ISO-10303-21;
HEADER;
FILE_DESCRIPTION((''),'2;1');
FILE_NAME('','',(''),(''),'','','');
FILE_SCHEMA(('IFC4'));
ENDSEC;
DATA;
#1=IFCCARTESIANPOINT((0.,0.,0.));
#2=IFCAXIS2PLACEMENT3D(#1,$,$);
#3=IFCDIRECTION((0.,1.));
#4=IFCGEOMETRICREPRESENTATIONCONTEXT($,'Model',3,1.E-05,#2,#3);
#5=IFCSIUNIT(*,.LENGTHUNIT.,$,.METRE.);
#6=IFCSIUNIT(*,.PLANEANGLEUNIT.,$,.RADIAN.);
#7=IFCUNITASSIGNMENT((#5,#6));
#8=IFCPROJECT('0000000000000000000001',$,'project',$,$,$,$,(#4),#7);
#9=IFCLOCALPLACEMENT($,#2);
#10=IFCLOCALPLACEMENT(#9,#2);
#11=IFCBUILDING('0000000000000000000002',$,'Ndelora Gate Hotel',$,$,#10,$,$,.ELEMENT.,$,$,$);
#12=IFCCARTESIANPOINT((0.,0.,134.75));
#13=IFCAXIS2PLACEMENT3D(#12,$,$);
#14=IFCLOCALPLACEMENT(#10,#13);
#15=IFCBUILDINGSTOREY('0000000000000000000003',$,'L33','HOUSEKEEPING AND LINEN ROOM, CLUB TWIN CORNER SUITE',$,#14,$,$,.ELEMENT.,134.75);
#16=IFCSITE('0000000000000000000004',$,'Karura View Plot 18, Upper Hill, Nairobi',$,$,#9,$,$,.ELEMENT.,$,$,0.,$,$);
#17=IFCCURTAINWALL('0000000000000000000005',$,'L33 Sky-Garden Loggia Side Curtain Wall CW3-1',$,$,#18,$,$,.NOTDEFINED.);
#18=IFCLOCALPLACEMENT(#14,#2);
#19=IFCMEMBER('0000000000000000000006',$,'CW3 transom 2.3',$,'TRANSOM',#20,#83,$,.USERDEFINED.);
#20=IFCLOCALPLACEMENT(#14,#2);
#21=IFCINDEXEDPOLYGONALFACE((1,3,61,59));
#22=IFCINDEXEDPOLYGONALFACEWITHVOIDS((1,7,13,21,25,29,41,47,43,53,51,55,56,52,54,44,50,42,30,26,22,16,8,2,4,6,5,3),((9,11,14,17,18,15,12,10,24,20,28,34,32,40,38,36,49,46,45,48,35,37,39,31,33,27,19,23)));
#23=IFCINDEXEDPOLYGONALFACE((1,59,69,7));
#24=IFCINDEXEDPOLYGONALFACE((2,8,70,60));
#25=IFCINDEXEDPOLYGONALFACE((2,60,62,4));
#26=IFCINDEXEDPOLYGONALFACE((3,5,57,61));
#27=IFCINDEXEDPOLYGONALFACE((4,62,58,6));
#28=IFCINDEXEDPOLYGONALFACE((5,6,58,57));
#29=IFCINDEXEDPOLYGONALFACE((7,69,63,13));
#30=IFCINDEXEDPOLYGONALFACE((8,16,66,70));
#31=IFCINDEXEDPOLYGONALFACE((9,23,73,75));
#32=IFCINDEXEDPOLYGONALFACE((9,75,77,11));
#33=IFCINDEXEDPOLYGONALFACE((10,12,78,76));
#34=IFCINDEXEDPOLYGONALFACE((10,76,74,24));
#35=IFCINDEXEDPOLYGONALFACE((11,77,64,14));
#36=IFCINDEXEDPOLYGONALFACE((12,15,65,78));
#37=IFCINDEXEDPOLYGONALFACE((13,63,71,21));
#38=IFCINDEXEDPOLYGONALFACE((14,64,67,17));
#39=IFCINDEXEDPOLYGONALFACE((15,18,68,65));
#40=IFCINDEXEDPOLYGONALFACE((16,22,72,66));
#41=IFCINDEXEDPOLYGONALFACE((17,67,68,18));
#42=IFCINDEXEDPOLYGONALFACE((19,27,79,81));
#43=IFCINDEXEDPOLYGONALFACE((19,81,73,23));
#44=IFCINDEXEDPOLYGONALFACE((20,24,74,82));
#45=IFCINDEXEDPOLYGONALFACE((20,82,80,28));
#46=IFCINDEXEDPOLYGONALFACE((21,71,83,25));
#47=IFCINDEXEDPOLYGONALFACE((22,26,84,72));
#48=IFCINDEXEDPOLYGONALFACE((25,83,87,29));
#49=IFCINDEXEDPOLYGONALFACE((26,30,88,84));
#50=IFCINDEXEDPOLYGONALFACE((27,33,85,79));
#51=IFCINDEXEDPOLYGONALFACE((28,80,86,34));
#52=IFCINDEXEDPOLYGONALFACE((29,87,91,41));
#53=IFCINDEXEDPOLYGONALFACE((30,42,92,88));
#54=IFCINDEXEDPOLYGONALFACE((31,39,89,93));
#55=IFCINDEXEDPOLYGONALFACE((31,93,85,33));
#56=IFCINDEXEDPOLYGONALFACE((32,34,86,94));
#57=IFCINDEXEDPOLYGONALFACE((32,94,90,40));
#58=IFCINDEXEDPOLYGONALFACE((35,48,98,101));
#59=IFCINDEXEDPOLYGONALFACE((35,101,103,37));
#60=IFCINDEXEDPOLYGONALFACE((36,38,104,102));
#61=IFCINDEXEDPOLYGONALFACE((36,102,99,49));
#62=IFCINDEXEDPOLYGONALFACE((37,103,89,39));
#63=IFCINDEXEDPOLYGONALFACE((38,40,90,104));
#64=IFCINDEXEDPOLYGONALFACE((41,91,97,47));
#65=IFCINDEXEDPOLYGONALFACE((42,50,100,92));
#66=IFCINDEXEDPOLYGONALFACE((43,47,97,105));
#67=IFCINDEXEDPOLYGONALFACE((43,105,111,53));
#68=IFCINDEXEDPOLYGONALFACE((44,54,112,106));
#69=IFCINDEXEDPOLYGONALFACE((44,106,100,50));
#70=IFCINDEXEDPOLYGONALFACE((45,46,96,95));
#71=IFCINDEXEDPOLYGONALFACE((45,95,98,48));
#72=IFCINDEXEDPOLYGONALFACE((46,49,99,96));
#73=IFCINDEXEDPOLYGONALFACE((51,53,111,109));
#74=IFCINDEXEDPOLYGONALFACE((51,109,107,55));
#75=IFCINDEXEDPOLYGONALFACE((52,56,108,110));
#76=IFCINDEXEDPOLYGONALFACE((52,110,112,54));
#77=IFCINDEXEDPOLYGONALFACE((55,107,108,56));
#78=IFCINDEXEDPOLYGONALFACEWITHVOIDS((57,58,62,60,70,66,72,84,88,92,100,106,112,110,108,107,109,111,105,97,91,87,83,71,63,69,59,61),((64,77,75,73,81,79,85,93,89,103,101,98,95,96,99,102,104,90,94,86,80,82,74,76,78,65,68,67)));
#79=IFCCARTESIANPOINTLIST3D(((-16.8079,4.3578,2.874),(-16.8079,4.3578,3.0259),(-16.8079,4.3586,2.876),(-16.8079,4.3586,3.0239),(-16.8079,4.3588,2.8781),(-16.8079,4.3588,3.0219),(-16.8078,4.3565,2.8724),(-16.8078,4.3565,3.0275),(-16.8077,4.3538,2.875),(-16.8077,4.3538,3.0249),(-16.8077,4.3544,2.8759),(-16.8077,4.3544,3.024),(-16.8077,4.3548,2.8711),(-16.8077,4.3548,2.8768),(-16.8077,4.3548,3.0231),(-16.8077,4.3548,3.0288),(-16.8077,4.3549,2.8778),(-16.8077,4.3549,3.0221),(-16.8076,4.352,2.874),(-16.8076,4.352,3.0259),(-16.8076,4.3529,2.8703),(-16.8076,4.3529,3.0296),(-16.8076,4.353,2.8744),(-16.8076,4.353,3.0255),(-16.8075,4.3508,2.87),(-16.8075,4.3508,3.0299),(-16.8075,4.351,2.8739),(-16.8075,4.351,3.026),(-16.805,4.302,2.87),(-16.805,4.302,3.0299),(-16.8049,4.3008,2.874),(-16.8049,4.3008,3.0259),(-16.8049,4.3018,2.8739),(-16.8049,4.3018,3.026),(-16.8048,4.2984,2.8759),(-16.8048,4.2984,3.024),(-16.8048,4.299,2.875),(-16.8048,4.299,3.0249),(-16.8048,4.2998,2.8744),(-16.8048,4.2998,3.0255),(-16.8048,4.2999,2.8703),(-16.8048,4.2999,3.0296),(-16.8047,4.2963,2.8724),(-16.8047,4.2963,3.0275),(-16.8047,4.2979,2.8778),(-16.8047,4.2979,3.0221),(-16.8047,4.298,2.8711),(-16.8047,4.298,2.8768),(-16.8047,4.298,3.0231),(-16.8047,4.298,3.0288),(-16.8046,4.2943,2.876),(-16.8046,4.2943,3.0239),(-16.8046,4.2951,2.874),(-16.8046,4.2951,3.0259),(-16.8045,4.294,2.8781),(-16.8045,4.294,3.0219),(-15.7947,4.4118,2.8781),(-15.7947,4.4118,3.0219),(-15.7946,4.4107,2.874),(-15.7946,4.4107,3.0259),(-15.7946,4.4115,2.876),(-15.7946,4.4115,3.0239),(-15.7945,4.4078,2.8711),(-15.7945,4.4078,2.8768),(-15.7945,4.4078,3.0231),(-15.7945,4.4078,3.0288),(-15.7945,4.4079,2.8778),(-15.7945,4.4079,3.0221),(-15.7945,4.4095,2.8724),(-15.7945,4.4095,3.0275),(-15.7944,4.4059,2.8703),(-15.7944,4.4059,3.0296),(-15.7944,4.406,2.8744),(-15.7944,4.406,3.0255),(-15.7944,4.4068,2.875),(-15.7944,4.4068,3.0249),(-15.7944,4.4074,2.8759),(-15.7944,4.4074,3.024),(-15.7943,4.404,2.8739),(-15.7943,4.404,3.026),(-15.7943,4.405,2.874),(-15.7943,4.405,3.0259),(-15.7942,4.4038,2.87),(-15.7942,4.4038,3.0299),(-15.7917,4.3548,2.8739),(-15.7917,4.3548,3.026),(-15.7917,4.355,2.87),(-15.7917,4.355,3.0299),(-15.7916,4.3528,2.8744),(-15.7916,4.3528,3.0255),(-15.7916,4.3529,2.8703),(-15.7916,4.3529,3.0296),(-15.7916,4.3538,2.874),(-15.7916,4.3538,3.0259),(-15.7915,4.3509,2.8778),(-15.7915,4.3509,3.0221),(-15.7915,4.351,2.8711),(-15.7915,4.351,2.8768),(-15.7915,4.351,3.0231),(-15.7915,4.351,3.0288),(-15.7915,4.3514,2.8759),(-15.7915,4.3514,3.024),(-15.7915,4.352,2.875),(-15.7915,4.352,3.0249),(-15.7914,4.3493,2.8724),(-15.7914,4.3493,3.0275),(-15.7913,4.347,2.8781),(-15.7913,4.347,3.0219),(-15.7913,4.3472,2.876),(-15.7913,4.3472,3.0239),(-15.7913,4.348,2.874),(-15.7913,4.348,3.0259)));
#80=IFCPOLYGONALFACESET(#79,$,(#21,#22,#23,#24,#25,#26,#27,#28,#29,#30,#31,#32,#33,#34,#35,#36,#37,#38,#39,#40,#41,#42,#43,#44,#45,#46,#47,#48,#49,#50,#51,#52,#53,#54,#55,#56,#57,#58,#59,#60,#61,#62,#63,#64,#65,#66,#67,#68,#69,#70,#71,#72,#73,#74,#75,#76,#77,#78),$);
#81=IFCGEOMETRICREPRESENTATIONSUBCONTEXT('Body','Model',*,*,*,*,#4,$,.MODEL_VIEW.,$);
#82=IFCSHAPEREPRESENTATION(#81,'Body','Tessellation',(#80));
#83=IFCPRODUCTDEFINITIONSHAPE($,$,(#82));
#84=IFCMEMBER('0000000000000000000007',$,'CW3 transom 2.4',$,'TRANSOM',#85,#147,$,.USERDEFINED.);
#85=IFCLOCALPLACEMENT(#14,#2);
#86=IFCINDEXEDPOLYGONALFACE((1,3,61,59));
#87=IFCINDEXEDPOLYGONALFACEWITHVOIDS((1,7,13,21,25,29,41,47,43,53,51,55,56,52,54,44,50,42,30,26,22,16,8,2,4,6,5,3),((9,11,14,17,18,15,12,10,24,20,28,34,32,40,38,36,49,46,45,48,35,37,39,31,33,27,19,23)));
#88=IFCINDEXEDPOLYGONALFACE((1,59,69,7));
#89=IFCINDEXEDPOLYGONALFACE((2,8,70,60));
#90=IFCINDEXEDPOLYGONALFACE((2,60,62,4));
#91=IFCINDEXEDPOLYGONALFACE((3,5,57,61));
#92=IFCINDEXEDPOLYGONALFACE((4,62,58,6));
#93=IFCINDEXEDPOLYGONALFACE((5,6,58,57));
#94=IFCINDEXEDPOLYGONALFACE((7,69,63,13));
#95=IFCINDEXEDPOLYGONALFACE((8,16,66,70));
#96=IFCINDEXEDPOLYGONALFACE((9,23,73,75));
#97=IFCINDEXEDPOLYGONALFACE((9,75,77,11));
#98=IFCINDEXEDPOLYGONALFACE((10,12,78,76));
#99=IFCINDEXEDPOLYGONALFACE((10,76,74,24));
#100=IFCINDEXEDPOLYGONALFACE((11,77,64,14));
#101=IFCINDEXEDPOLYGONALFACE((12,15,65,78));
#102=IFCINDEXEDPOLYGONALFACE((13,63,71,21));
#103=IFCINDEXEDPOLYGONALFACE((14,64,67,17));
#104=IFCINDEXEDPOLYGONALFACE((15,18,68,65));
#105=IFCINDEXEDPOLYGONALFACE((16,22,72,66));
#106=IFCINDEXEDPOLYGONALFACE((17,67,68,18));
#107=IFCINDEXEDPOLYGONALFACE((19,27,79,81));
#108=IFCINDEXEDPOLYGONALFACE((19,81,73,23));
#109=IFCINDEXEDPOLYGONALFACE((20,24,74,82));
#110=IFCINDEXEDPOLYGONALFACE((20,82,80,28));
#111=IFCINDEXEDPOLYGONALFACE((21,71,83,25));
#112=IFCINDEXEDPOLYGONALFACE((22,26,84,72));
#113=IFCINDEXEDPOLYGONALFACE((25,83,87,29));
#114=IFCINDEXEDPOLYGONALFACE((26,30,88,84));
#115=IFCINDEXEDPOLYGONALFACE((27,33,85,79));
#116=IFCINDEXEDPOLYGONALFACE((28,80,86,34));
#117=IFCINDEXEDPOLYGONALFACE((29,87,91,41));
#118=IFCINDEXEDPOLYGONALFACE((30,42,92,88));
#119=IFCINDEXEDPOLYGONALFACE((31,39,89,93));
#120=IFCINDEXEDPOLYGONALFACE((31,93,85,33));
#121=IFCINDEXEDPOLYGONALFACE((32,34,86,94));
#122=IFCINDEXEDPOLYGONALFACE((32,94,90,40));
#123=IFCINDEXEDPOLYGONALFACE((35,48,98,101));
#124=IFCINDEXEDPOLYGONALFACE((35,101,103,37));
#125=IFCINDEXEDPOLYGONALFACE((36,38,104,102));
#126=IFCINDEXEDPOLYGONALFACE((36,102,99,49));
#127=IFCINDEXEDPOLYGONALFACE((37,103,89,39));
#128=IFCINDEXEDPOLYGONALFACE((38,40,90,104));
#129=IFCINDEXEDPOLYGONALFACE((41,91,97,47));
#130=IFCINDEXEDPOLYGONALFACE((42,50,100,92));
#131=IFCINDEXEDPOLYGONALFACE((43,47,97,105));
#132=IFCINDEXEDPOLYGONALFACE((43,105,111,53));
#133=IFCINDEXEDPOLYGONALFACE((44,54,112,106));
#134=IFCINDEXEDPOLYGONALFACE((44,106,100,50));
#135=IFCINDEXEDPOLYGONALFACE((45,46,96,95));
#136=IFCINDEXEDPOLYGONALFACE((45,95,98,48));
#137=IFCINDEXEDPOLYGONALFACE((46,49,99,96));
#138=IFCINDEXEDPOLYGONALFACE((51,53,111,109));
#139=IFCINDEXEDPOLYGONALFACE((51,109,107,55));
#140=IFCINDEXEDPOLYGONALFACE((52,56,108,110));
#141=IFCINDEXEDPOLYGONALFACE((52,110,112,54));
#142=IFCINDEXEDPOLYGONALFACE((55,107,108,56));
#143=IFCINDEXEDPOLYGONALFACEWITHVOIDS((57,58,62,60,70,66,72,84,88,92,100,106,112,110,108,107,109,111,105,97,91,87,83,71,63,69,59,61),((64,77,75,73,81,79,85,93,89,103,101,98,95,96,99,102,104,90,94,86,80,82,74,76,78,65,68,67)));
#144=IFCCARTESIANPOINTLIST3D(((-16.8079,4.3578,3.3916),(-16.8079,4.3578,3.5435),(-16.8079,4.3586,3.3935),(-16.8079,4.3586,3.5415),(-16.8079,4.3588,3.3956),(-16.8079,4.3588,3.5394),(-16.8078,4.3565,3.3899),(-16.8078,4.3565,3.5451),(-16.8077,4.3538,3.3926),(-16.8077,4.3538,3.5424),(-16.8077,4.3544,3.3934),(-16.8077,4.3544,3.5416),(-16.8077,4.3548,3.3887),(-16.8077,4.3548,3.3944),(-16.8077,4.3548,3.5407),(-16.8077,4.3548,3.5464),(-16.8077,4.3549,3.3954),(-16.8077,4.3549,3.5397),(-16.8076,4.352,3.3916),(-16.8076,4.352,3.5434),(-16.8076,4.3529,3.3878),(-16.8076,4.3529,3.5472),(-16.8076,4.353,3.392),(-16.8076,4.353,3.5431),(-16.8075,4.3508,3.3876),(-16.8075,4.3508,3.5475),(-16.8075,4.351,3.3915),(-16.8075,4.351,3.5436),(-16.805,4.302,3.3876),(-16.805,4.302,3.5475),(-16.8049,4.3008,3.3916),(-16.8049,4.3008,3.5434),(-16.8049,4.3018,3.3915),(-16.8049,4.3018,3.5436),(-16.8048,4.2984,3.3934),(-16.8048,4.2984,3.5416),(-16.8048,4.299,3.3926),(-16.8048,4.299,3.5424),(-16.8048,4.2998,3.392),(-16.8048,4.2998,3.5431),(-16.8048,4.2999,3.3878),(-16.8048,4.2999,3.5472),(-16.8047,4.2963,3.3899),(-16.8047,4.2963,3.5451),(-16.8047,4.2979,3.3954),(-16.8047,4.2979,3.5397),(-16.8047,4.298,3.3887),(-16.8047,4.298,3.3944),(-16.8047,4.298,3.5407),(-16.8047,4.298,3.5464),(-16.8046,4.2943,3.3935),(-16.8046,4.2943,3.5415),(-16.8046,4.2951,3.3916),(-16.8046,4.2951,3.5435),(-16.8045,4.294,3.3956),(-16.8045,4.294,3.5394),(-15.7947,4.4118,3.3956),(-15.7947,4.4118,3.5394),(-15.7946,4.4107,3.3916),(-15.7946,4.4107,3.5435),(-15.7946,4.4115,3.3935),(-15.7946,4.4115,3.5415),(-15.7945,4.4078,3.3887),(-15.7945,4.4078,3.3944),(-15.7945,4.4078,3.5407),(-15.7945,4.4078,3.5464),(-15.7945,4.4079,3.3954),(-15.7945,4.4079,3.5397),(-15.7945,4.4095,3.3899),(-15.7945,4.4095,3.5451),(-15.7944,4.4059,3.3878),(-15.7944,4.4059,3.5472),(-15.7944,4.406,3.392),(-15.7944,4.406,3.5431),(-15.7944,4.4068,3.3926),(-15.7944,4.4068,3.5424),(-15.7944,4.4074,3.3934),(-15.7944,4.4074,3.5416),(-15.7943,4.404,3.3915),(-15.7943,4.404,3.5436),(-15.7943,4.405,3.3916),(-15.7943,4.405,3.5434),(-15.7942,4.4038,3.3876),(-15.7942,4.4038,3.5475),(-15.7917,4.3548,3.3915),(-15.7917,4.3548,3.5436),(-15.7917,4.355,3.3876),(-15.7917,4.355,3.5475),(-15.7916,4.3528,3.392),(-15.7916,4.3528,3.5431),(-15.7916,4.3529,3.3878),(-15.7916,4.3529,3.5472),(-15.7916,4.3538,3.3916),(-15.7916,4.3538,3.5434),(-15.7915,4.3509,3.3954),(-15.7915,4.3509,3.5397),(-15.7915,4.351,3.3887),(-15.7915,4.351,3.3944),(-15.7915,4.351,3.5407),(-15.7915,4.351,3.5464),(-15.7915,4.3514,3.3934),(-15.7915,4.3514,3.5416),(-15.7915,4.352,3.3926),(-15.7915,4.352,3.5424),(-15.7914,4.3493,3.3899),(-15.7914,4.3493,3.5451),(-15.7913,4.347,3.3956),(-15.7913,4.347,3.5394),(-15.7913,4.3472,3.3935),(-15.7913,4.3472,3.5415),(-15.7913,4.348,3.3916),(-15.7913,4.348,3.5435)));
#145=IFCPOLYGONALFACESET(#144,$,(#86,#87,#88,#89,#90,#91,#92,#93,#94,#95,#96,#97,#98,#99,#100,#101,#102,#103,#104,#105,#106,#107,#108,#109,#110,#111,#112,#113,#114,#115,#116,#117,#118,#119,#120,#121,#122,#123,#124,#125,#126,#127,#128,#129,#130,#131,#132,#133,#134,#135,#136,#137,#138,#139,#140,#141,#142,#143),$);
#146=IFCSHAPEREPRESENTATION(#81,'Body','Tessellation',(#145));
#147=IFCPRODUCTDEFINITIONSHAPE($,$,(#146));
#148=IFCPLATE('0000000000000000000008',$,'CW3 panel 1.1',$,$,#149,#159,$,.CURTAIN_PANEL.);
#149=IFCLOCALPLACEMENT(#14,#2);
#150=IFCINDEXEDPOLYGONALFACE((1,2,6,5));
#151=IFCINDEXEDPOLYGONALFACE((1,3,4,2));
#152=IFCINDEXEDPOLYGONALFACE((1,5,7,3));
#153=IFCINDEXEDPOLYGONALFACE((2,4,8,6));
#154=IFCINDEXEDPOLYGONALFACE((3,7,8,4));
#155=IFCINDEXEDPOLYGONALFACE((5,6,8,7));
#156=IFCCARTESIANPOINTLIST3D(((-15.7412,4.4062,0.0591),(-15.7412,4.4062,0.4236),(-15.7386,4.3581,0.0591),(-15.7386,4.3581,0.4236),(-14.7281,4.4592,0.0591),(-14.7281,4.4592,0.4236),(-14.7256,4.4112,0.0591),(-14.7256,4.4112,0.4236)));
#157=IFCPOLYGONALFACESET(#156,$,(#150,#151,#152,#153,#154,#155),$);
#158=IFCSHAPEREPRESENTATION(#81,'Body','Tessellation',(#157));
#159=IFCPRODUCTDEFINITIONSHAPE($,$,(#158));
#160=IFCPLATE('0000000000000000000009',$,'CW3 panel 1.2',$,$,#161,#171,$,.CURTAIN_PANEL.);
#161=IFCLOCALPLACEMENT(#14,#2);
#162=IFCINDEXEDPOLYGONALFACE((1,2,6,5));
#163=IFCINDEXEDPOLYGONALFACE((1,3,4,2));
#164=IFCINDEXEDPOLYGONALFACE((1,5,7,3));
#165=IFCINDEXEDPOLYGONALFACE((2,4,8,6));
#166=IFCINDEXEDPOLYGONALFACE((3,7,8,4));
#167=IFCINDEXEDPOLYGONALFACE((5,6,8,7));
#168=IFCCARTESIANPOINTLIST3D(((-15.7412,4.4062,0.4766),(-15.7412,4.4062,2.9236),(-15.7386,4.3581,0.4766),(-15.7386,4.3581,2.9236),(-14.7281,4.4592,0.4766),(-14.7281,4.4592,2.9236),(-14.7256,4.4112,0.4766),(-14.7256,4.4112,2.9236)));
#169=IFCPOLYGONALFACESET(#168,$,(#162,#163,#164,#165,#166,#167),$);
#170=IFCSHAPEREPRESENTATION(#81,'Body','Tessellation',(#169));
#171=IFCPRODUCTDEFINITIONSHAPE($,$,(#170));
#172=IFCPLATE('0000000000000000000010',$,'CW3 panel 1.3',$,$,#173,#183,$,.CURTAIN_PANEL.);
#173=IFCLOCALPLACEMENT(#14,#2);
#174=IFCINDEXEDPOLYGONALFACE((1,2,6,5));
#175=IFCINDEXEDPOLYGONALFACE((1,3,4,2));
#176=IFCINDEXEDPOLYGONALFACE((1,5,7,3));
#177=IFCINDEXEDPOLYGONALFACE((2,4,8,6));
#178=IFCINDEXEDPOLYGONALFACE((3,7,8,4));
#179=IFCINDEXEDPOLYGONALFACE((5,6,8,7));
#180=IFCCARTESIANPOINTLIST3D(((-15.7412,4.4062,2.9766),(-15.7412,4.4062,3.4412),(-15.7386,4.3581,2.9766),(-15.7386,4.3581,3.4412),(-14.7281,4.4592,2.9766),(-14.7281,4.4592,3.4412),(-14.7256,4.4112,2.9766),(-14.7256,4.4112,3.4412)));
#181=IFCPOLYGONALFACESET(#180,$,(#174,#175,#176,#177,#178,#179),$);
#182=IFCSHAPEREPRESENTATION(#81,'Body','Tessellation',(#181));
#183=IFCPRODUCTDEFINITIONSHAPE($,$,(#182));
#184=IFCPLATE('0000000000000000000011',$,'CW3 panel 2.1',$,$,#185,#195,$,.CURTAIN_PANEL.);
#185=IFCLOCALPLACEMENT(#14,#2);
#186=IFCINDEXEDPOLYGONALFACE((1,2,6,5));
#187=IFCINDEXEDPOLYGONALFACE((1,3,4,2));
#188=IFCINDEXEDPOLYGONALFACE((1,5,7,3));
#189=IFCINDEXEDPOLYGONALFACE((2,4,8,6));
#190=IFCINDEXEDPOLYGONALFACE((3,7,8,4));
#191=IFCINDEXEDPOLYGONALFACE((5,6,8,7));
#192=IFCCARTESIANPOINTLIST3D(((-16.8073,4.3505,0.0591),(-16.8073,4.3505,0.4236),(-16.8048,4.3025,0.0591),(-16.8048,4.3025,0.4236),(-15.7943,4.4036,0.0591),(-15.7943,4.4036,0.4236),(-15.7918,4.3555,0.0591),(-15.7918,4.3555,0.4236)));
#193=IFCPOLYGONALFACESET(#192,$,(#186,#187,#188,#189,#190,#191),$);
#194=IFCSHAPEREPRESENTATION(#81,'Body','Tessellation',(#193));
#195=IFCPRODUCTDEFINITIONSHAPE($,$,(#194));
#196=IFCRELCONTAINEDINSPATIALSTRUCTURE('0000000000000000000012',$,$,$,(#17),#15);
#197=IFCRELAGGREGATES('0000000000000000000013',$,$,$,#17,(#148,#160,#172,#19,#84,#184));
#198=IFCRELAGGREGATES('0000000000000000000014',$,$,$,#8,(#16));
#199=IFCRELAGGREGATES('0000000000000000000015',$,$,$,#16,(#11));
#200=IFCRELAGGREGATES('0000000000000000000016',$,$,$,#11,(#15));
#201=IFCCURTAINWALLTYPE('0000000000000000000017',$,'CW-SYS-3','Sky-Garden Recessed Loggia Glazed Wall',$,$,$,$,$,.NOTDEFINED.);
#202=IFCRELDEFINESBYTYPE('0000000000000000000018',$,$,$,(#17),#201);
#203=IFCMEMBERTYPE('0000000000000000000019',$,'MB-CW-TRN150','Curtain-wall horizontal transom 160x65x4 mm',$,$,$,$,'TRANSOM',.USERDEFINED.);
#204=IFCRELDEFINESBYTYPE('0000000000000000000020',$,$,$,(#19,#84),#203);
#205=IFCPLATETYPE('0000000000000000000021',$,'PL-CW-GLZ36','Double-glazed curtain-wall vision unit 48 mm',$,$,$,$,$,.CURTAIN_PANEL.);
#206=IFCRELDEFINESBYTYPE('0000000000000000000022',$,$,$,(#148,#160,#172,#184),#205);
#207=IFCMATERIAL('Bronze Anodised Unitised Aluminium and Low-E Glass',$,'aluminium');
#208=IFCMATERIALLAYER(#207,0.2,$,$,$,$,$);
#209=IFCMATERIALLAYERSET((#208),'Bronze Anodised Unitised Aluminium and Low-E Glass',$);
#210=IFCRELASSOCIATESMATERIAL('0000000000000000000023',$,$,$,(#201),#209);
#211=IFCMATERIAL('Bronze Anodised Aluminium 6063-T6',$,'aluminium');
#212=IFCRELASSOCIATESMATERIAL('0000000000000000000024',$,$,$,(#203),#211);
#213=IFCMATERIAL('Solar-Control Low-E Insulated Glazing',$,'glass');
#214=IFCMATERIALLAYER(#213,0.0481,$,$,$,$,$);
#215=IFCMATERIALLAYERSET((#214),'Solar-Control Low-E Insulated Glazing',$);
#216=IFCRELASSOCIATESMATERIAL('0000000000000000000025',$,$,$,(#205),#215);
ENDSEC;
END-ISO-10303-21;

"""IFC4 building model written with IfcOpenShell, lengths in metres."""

from ifc_helpers import new_model, si_unit, direction, frame, origin, origin_2d, place, context, subcontext, project, spatial, rectangle, hollow_rectangle, extrude, material, layer, layer_set, material_profile, profile_set, type_object, element, aggregate, save


model = new_model("IFC4")

# Units and contexts
model_context = context("Model", 3, precision=1e-05, world=origin(), true_north=direction((0.0, 1.0)))
body_context = subcontext(model_context, "Body", "Model", "MODEL_VIEW")
ifc_project = project(units=[si_unit("LENGTHUNIT", "METRE"), si_unit("PLANEANGLEUNIT", "RADIAN")], contexts=[model_context])

# Site, building, storey
site_placement = place(None, origin())
site = spatial("IfcSite", under=ifc_project, at=site_placement, Name="Karura View Plot 18, Upper Hill, Nairobi", CompositionType="ELEMENT", RefElevation=0.0)
building_placement = place(site_placement, origin())
building = spatial("IfcBuilding", under=site, at=building_placement, Name="Ndelora Gate Hotel", CompositionType="ELEMENT")
storey_placement = place(building_placement, frame((0.0, 0.0, 134.75)))
storey = spatial("IfcBuildingStorey", under=building, at=storey_placement, Name="L33", Description="HOUSEKEEPING AND LINEN ROOM, CLUB TWIN CORNER SUITE", CompositionType="ELEMENT", Elevation=134.75)

# Curtain wall, members, plates
ifc_material_1 = material(Name="Bronze Anodised Unitised Aluminium and Low-E Glass", Category="aluminium")
ifc_layer_1 = layer(ifc_material_1, 0.2)
ifc_layer_set_1 = layer_set([ifc_layer_1], Name="Bronze Anodised Unitised Aluminium and Low-E Glass")
curtain_wall_type = type_object("IfcCurtainWallType", Name="CW-SYS-3", Description="Sky-Garden Recessed Loggia Glazed Wall", PredefinedType="NOTDEFINED", material=ifc_layer_set_1)
curtain_wall_placement = place(storey_placement, origin())
curtain_wall = element("IfcCurtainWall", 1, at=curtain_wall_placement, inside=storey, type_object=curtain_wall_type, Name="L33 Sky-Garden Loggia Side Curtain Wall CW3-1", PredefinedType="NOTDEFINED")
ifc_material_2 = material(Name="Bronze Anodised Aluminium 6063-T6", Category="aluminium")
ifc_material_profile_1 = material_profile(ifc_material_2, hollow_rectangle(XDim=0.0649, YDim=0.1599, WallThickness=0.0039, InnerFilletRadius=0.0039, OuterFilletRadius=0.0081, at=origin_2d()), Name="ALU 160x65x4")
ifc_profile_set_1 = profile_set([ifc_material_profile_1], Name="Bronze Anodised Aluminium 6063-T6")
member_type_1 = type_object("IfcMemberType", Name="MB-CW-TRN150", Description="Curtain-wall horizontal transom 160x65x4 mm", ElementType="TRANSOM", PredefinedType="USERDEFINED", material=ifc_profile_set_1)
member_1_placement = place(storey_placement, frame((-15.793, 4.3794, 2.95), z_axis=(-0.998636, -0.052218, 0.0), x_axis=(0.052218, -0.998636, 0.0)))
member_1 = element("IfcMember", 2, at=member_1_placement, type_object=member_type_1, Name="CW3 transom 2.3", ObjectType="TRANSOM", PredefinedType="USERDEFINED", context=body_context, shape_type="SweptSolid", body=[
    extrude(hollow_rectangle(XDim=0.0649, YDim=0.1599, WallThickness=0.0039, InnerFilletRadius=0.0039, OuterFilletRadius=0.0081, at=origin_2d()), origin(), (0.0, 0.0, 1.0), 1.0146),
])
member_2_placement = place(storey_placement, frame((-15.793, 4.3794, 3.4675), z_axis=(-0.998636, -0.052218, 0.0), x_axis=(0.052218, -0.998636, 0.0)))
member_2 = element("IfcMember", 3, at=member_2_placement, type_object=member_type_1, Name="CW3 transom 2.4", ObjectType="TRANSOM", PredefinedType="USERDEFINED", context=body_context, shape_type="SweptSolid", body=[
    extrude(hollow_rectangle(XDim=0.0649, YDim=0.1599, WallThickness=0.0039, InnerFilletRadius=0.0039, OuterFilletRadius=0.0081, at=origin_2d()), origin(), (0.0, 0.0, 1.0), 1.0146),
])
ifc_material_3 = material(Name="Solar-Control Low-E Insulated Glazing", Category="glass")
ifc_layer_2 = layer(ifc_material_3, 0.0481)
ifc_layer_set_2 = layer_set([ifc_layer_2], Name="Solar-Control Low-E Insulated Glazing")
plate_type = type_object("IfcPlateType", Name="PL-CW-GLZ36", Description="Double-glazed curtain-wall vision unit 48 mm", PredefinedType="CURTAIN_PANEL", material=ifc_layer_set_2)
plate_1_placement = place(storey_placement, frame((-15.2334, 4.4087, 0.0591), z_axis=(0.0, 0.0, 1.0), x_axis=(-0.99863, -0.052318, 0.0)))
plate_1 = element("IfcPlate", 4, at=plate_1_placement, type_object=plate_type, Name="CW3 panel 1.1", PredefinedType="CURTAIN_PANEL", context=body_context, shape_type="SweptSolid", body=[
    extrude(rectangle(XDim=1.0144, YDim=0.0481, at=origin_2d()), origin(), (0.0, 0.0, 1.0), 0.3645),
])
plate_2_placement = place(storey_placement, frame((-15.2334, 4.4087, 0.4766), z_axis=(0.0, 0.0, 1.0), x_axis=(-0.99863, -0.052318, 0.0)))
plate_2 = element("IfcPlate", 5, at=plate_2_placement, type_object=plate_type, Name="CW3 panel 1.2", PredefinedType="CURTAIN_PANEL", context=body_context, shape_type="SweptSolid", body=[
    extrude(rectangle(XDim=1.0144, YDim=0.0481, at=origin_2d()), origin(), (0.0, 0.0, 1.0), 2.447),
])
plate_3_placement = place(storey_placement, frame((-15.2334, 4.4087, 2.9766), z_axis=(0.0, 0.0, 1.0), x_axis=(-0.99863, -0.052318, 0.0)))
plate_3 = element("IfcPlate", 6, at=plate_3_placement, type_object=plate_type, Name="CW3 panel 1.3", PredefinedType="CURTAIN_PANEL", context=body_context, shape_type="SweptSolid", body=[
    extrude(rectangle(XDim=1.0144, YDim=0.0481, at=origin_2d()), origin(), (0.0, 0.0, 1.0), 0.4646),
])
plate_4_placement = place(storey_placement, frame((-16.2996, 4.353, 0.0591), z_axis=(0.0, 0.0, 1.0), x_axis=(-0.99863, -0.052318, 0.0)))
plate_4 = element("IfcPlate", 7, at=plate_4_placement, type_object=plate_type, Name="CW3 panel 2.1", PredefinedType="CURTAIN_PANEL", context=body_context, shape_type="SweptSolid", body=[
    extrude(rectangle(XDim=1.0144, YDim=0.0481, at=origin_2d()), origin(), (0.0, 0.0, 1.0), 0.3645),
])
aggregate(curtain_wall, [plate_1, plate_2, plate_3, member_1, member_2, plate_4])

save(model, "model.ifc")
